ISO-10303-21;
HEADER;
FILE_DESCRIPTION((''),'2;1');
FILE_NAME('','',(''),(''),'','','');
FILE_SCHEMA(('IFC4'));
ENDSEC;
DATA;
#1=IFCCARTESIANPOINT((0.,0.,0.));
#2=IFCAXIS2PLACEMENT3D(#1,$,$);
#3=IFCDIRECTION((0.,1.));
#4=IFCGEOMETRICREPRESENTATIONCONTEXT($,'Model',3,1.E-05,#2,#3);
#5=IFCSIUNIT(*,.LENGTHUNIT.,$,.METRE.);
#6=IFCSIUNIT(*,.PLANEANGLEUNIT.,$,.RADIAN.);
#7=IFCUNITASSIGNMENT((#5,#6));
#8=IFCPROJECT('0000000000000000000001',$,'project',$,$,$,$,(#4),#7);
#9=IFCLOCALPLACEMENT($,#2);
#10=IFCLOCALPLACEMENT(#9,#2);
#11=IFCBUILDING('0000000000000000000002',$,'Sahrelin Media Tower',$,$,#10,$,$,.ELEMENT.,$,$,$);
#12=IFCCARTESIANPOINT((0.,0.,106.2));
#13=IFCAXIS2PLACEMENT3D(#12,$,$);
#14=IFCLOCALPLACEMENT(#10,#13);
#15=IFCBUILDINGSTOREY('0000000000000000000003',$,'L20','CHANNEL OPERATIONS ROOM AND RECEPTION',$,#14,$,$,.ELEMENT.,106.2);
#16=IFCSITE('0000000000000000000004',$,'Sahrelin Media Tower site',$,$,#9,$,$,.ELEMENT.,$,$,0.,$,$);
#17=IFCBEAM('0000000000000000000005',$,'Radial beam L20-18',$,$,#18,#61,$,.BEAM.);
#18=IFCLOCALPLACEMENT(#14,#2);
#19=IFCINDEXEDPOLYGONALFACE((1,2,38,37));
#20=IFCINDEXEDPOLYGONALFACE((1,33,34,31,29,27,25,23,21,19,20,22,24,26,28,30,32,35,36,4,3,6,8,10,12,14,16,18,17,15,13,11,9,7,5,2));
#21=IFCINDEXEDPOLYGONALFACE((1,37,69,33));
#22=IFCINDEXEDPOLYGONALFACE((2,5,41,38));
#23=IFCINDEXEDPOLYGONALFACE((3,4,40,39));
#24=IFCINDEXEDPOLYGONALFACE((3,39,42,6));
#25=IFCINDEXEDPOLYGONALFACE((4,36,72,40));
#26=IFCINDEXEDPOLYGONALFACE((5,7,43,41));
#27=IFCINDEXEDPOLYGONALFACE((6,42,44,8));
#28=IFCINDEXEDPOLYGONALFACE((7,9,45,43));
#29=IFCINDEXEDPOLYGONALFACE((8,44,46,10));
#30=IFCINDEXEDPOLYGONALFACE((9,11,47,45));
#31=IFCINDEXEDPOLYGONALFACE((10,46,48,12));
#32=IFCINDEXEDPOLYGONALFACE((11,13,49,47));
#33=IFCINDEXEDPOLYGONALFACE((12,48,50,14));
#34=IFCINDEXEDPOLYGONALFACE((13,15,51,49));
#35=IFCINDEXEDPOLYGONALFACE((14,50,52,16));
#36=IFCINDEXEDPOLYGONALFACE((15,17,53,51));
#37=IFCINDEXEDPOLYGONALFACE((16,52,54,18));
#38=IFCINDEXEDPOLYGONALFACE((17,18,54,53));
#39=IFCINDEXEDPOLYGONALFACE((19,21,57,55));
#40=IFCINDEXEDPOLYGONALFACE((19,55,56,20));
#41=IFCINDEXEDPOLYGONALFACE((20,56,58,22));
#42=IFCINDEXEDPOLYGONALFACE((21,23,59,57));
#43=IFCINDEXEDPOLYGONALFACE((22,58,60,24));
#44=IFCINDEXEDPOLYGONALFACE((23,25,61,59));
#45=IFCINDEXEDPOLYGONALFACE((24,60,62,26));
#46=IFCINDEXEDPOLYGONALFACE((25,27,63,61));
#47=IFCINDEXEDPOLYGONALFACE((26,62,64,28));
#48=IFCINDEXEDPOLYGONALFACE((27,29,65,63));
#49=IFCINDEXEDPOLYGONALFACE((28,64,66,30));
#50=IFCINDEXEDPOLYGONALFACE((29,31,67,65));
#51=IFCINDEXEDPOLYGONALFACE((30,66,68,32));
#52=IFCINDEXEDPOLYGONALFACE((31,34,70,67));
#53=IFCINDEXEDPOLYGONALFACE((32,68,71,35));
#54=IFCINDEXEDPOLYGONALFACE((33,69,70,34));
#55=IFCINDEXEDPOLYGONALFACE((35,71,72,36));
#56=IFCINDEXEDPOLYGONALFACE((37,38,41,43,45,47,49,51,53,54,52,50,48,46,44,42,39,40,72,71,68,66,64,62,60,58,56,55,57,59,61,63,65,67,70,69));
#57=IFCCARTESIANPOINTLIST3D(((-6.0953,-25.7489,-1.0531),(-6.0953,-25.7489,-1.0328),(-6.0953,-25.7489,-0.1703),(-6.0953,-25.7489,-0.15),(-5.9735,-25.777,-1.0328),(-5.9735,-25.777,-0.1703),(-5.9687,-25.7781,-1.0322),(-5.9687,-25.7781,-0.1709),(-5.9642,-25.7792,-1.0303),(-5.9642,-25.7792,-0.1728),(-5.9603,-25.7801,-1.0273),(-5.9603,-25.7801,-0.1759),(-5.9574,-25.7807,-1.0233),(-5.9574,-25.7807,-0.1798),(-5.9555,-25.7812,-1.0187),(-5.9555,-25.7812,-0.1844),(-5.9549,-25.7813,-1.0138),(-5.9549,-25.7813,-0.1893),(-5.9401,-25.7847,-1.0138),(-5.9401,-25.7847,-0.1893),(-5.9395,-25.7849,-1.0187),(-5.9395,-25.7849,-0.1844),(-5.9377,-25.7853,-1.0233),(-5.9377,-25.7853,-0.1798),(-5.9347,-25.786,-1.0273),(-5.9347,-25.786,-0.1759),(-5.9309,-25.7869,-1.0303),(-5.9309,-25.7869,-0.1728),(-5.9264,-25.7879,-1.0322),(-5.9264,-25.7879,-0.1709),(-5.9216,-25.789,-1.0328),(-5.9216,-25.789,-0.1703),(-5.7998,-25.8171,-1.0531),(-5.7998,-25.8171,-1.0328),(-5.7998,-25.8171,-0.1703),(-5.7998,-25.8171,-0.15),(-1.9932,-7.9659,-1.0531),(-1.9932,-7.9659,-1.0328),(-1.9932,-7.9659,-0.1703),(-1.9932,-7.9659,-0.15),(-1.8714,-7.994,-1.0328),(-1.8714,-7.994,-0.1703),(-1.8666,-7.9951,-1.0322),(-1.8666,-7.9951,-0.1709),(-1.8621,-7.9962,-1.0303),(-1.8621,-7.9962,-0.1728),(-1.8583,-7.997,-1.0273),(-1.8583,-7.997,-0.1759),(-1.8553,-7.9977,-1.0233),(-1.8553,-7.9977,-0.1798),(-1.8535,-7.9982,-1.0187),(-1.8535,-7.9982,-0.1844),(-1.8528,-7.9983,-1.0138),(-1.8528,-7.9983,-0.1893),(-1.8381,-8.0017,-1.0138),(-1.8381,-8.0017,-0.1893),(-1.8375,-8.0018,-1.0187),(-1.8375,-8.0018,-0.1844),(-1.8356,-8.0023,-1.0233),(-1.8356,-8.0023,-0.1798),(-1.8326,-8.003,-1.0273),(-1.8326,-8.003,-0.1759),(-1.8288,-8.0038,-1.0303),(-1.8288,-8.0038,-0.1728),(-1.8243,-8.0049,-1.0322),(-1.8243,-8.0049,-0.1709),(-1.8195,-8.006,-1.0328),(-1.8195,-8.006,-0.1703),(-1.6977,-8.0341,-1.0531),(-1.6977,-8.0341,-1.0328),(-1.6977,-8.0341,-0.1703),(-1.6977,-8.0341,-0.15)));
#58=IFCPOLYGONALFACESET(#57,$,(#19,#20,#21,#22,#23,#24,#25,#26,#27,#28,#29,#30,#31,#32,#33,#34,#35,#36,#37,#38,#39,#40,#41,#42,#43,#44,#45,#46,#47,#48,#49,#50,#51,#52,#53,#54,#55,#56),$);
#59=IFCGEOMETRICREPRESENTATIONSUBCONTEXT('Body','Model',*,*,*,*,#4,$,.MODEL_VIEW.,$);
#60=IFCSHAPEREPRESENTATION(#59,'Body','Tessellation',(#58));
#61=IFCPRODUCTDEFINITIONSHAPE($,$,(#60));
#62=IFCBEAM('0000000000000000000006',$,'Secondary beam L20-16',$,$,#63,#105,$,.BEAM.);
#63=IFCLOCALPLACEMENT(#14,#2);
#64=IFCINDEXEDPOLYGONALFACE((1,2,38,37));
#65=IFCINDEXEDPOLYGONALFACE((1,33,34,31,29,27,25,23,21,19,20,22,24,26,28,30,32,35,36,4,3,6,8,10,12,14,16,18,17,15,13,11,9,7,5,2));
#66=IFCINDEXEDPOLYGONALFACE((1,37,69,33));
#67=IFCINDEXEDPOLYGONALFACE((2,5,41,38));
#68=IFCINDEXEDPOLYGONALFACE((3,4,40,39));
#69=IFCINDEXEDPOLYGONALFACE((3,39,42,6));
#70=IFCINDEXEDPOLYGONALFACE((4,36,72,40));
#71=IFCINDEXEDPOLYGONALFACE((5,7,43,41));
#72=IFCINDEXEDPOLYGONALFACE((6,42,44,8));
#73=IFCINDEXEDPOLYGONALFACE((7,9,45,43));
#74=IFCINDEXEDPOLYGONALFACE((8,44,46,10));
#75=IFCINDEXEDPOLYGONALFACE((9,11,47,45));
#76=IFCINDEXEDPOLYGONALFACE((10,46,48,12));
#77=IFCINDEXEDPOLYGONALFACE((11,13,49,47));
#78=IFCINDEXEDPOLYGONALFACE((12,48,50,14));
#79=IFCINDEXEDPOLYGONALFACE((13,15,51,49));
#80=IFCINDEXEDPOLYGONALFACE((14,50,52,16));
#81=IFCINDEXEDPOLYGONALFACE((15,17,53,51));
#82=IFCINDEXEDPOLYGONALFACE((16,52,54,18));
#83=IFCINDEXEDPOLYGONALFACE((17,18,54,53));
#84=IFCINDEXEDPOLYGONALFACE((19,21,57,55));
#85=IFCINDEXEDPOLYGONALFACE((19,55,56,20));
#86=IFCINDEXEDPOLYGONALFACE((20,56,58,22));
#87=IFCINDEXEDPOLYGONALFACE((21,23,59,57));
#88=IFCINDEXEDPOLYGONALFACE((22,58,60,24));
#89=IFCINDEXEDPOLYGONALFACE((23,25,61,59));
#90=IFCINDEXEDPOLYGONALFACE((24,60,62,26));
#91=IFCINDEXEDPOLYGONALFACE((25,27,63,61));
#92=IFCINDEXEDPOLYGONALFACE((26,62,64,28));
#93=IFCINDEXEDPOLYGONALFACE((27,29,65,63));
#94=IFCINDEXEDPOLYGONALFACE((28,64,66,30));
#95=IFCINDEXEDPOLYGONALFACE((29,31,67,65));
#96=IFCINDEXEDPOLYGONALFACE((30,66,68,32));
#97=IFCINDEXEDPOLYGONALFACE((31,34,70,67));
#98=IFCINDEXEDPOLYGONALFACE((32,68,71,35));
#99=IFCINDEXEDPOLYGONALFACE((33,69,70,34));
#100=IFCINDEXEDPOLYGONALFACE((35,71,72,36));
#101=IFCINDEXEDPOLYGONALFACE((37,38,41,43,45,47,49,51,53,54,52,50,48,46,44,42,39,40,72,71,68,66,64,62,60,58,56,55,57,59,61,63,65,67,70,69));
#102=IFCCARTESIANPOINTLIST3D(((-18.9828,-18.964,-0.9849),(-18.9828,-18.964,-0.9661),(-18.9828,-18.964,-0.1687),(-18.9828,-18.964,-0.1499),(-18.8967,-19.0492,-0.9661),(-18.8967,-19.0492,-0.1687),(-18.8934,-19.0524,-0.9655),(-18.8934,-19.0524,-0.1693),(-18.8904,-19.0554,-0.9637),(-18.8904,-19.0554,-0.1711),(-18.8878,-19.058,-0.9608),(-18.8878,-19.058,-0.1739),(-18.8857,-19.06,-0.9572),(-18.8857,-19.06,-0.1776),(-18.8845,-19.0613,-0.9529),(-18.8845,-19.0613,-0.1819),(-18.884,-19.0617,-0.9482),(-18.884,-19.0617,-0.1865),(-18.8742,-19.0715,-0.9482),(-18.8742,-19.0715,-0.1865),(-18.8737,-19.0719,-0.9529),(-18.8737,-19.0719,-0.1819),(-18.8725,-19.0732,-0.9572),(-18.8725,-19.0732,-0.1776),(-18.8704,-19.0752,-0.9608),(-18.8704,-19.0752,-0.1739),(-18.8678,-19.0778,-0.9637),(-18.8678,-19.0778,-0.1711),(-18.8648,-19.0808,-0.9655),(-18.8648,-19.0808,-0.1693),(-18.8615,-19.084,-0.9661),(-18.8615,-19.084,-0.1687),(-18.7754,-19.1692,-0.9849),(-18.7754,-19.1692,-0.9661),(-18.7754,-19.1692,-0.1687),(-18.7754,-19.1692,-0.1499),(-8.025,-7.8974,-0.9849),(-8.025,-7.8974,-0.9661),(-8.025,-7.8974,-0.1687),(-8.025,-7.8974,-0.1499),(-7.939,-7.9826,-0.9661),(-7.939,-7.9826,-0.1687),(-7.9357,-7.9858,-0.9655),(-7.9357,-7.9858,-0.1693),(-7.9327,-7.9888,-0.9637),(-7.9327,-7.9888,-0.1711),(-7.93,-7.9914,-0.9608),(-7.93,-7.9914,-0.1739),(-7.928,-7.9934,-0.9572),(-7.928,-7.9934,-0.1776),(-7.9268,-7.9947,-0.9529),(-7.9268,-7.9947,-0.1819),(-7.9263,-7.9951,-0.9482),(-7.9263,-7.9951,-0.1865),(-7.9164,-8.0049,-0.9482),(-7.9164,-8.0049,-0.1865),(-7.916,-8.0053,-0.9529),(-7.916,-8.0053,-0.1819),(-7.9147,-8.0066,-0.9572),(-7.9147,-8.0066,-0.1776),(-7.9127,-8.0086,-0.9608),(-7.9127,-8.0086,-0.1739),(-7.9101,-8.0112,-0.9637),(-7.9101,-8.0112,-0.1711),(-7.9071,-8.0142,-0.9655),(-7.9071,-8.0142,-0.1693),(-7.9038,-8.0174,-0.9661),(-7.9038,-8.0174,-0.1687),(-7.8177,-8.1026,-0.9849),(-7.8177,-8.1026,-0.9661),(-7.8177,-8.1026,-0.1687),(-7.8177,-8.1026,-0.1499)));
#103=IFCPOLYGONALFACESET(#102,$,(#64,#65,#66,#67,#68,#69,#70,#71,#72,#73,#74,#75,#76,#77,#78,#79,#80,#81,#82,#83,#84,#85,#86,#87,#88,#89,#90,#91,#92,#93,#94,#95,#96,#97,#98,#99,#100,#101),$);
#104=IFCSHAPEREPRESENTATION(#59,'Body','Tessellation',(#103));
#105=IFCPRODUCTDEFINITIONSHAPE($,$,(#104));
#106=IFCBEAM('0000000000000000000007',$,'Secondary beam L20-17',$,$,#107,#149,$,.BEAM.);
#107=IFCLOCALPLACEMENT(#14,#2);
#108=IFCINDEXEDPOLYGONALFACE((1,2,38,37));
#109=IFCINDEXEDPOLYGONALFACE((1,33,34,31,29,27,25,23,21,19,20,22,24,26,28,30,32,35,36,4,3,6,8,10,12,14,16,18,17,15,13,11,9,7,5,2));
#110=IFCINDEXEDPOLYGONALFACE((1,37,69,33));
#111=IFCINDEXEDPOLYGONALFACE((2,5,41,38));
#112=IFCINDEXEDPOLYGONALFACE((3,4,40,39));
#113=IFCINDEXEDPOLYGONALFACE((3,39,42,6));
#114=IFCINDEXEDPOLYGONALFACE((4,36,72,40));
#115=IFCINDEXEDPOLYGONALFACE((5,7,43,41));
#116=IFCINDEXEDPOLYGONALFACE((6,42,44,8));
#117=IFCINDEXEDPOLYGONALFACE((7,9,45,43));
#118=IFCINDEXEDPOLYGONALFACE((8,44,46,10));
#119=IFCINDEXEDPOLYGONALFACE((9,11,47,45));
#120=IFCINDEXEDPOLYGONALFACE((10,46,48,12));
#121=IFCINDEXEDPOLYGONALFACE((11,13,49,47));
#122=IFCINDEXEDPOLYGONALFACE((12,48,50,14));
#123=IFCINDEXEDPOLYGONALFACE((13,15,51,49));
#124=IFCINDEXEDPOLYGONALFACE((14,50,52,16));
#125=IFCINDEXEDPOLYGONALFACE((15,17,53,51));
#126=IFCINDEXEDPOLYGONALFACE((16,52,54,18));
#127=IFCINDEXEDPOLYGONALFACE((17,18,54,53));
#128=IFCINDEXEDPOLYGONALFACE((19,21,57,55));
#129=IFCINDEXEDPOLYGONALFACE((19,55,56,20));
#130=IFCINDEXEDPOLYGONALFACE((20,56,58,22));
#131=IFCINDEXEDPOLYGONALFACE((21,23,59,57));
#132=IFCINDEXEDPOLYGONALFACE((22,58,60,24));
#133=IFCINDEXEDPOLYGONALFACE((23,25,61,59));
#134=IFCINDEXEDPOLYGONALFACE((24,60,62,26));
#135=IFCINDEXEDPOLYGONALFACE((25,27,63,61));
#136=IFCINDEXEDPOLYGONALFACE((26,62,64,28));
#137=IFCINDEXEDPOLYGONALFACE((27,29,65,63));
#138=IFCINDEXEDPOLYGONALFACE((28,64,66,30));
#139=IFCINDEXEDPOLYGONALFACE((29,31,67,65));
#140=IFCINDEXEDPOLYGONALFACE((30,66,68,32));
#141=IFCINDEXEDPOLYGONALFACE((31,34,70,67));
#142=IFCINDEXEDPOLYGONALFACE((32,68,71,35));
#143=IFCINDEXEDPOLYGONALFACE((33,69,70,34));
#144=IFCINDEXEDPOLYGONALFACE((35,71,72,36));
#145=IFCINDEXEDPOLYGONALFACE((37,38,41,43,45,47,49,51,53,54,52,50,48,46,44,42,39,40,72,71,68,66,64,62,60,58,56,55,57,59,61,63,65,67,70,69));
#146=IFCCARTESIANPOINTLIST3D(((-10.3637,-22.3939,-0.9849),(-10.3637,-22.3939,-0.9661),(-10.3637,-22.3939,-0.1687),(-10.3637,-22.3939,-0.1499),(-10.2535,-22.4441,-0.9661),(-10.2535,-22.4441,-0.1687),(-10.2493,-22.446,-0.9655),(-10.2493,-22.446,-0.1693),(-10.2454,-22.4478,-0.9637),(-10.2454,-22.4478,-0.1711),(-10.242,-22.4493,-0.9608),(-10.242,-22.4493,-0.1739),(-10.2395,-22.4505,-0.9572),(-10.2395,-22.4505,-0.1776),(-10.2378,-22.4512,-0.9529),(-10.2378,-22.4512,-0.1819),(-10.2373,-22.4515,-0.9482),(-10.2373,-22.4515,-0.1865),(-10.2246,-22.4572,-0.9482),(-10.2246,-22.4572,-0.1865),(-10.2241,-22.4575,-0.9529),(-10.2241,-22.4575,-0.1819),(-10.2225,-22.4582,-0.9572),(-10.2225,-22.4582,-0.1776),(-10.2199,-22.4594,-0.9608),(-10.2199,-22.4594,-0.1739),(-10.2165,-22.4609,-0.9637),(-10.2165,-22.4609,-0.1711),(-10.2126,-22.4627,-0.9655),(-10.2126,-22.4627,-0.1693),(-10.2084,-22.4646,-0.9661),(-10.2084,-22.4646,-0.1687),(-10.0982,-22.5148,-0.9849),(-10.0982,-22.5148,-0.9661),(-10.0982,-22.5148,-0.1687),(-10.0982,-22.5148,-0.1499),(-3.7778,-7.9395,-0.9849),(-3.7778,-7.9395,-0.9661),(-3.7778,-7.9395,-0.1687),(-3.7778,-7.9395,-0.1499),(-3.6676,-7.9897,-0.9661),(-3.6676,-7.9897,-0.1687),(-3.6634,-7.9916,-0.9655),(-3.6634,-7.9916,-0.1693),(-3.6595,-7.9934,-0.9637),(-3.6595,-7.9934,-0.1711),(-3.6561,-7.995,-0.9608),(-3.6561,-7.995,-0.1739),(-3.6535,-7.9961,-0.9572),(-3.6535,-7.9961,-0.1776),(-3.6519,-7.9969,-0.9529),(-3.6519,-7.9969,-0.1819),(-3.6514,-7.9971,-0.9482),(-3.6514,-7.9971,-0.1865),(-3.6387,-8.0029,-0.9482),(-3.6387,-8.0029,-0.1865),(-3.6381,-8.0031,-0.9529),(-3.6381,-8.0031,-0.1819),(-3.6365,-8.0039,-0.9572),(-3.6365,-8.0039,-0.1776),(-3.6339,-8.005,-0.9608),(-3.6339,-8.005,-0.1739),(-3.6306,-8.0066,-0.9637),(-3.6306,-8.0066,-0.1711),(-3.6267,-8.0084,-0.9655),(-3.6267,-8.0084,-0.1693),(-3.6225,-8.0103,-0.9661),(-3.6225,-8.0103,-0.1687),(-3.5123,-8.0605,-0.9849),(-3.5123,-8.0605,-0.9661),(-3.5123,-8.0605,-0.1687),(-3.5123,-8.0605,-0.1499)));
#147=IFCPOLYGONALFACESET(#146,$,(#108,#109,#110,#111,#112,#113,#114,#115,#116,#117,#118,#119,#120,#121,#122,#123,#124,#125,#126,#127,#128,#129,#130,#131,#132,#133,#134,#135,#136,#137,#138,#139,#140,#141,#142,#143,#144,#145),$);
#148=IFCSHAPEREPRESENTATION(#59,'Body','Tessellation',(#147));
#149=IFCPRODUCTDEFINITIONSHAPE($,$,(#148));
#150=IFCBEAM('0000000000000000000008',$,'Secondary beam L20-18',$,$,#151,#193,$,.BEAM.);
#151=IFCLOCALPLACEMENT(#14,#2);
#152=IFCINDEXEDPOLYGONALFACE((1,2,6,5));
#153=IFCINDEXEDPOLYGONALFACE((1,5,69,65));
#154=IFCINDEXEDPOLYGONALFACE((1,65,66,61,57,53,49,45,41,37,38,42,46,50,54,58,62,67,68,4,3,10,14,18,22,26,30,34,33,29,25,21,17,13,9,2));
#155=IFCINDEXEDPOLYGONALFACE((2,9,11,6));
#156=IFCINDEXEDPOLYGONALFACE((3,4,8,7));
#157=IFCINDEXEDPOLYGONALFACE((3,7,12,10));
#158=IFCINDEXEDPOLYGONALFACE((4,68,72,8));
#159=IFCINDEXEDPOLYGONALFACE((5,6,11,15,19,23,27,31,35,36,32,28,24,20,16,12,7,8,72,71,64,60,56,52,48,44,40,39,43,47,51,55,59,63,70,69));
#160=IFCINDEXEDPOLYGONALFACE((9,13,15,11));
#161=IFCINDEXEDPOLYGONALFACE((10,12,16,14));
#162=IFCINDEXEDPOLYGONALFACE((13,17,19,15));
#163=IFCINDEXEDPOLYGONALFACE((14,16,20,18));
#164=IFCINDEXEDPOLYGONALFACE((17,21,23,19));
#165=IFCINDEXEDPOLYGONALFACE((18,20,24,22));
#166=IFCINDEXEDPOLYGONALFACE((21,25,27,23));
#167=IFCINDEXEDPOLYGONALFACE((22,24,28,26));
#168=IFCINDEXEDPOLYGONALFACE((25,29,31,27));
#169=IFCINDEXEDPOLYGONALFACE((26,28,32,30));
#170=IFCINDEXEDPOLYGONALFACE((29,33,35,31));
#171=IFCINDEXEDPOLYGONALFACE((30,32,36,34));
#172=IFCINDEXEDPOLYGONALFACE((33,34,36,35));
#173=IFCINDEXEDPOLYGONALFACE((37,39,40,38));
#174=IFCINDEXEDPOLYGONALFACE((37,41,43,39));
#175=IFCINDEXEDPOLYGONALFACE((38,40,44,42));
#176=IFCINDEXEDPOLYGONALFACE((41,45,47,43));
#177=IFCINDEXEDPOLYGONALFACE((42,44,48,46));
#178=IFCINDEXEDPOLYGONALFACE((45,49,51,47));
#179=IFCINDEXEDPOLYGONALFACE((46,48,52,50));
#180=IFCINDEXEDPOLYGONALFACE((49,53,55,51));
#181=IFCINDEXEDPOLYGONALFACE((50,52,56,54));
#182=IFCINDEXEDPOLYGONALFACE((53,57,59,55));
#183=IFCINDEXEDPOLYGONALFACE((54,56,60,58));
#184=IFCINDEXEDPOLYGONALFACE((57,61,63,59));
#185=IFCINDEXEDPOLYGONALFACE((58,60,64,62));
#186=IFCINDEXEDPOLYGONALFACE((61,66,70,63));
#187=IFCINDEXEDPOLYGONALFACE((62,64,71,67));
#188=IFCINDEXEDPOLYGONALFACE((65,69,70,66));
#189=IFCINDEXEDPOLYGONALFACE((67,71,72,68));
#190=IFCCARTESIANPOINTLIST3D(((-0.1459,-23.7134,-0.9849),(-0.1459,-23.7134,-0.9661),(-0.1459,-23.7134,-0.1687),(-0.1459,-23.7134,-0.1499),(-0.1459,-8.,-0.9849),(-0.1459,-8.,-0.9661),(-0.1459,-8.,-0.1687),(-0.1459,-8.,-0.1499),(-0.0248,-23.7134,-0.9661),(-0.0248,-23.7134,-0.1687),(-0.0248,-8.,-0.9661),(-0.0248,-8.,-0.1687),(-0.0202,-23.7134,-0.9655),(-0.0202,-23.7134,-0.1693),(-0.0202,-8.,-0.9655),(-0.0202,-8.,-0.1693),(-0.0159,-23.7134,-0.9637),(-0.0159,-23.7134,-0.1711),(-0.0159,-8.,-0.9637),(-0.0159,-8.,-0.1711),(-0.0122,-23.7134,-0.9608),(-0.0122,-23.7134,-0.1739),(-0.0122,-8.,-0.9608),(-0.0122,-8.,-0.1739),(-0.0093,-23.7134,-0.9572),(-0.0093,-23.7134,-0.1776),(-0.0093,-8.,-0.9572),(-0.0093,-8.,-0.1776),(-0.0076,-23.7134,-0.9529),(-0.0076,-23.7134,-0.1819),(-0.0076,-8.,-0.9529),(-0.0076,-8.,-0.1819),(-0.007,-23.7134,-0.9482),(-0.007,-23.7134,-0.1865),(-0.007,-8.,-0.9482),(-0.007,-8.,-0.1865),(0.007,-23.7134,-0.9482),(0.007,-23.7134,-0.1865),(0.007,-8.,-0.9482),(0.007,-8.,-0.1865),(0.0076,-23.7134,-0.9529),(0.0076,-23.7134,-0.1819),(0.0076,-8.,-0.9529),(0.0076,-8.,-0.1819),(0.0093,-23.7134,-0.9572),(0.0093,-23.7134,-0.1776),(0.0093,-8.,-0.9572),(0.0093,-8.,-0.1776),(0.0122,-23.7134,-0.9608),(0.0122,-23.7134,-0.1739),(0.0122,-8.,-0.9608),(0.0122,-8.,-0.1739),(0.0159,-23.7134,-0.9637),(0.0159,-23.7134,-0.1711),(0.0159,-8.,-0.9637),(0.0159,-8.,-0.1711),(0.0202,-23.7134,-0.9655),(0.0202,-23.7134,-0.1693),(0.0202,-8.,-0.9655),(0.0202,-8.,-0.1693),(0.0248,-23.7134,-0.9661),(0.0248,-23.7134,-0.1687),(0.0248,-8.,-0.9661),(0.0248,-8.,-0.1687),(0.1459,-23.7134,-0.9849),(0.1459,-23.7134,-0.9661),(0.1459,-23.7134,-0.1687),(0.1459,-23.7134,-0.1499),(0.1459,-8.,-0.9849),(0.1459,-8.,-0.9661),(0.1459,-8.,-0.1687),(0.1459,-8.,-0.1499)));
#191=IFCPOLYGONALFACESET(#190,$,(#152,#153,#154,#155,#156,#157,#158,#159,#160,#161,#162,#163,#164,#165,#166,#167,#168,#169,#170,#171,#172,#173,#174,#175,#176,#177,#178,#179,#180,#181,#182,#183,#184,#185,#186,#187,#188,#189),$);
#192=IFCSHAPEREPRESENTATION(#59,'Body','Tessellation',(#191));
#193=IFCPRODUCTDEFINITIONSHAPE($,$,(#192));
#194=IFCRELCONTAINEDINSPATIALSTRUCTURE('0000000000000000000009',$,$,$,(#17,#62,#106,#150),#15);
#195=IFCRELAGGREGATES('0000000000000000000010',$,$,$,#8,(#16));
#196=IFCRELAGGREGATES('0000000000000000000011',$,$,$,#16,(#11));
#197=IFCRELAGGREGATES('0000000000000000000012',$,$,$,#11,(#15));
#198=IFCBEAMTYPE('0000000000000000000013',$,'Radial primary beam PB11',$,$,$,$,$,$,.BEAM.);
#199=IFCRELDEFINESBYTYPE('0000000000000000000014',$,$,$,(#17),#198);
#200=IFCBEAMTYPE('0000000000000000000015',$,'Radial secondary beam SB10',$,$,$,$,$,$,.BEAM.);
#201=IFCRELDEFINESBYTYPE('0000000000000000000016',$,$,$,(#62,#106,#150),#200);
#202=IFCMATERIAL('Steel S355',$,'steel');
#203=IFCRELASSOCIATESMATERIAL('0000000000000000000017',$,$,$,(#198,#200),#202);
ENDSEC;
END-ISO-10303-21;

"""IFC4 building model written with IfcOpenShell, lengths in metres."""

from ifc_helpers import new_model, si_unit, direction, frame, origin, origin_2d, place, context, subcontext, project, spatial, i_section, extrude, material, material_profile, profile_set, type_object, element, save


model = new_model("IFC4")

# Units and contexts
model_context = context("Model", 3, precision=1e-05, world=origin(), true_north=direction((0.0, 1.0)))
body_context = subcontext(model_context, "Body", "Model", "MODEL_VIEW")
ifc_project = project(units=[si_unit("LENGTHUNIT", "METRE"), si_unit("PLANEANGLEUNIT", "RADIAN")], contexts=[model_context])

# Site, building, storey
site_placement = place(None, origin())
site = spatial("IfcSite", under=ifc_project, at=site_placement, Name="Sahrelin Media Tower site", CompositionType="ELEMENT", RefElevation=0.0)
building_placement = place(site_placement, origin())
building = spatial("IfcBuilding", under=site, at=building_placement, Name="Sahrelin Media Tower", CompositionType="ELEMENT")
storey_placement = place(building_placement, frame((0.0, 0.0, 106.2)))
storey = spatial("IfcBuildingStorey", under=building, at=storey_placement, Name="L20", Description="CHANNEL OPERATIONS ROOM AND RECEPTION", CompositionType="ELEMENT", Elevation=106.2)

# Shared definitions
ifc_material_1 = material(Name="Steel S355", Category="steel")

# Beams
ifc_material_profile_1 = material_profile(ifc_material_1, i_section(OverallWidth=0.3032, OverallDepth=0.9031, WebThickness=0.0151, FlangeThickness=0.0203, FilletRadius=0.019, at=origin_2d()), Name="UB 914x305x201")
ifc_profile_set_1 = profile_set([ifc_material_profile_1], Name="Steel S355")
beam_type_1 = type_object("IfcBeamType", Name="Radial primary beam PB11", PredefinedType="BEAM", material=ifc_profile_set_1)
beam_1_placement = place(storey_placement, frame((-1.8455, -8.0, -0.6016), z_axis=(-0.224771, -0.974412, 0.0), x_axis=(0.974412, -0.224771, 0.0)))
element("IfcBeam", 1, at=beam_1_placement, inside=storey, type_object=beam_type_1, Name="Radial beam L20-18", PredefinedType="BEAM", context=body_context, shape_type="SweptSolid", body=[
    extrude(i_section(OverallWidth=0.3032, OverallDepth=0.9031, WebThickness=0.0151, FlangeThickness=0.0203, FilletRadius=0.019, at=origin_2d()), origin(), (0.0, 0.0, 1.0), 18.25),
])
ifc_material_profile_2 = material_profile(ifc_material_1, i_section(OverallWidth=0.2917, OverallDepth=0.835, WebThickness=0.0139, FlangeThickness=0.0188, FilletRadius=0.0178, at=origin_2d()), Name="UB 838x292x176")
ifc_profile_set_2 = profile_set([ifc_material_profile_2], Name="Steel S355")
beam_type_2 = type_object("IfcBeamType", Name="Radial secondary beam SB10", PredefinedType="BEAM", material=ifc_profile_set_2)
beam_2_placement = place(storey_placement, frame((-7.9214, -8.0, -0.5674), z_axis=(-0.703602, -0.710594, 0.0), x_axis=(0.710594, -0.703602, 0.0)))
element("IfcBeam", 2, at=beam_2_placement, inside=storey, type_object=beam_type_2, Name="Secondary beam L20-16", PredefinedType="BEAM", context=body_context, shape_type="SweptSolid", body=[
    extrude(i_section(OverallWidth=0.2917, OverallDepth=0.835, WebThickness=0.0139, FlangeThickness=0.0188, FilletRadius=0.0178, at=origin_2d()), origin(), (0.0, 0.0, 1.0), 15.5737),
])
beam_3_placement = place(storey_placement, frame((-3.645, -8.0, -0.5674), z_axis=(-0.414626, -0.909992, 0.0), x_axis=(0.909992, -0.414626, 0.0)))
element("IfcBeam", 3, at=beam_3_placement, inside=storey, type_object=beam_type_2, Name="Secondary beam L20-17", PredefinedType="BEAM", context=body_context, shape_type="SweptSolid", body=[
    extrude(i_section(OverallWidth=0.2917, OverallDepth=0.835, WebThickness=0.0139, FlangeThickness=0.0188, FilletRadius=0.0178, at=origin_2d()), origin(), (0.0, 0.0, 1.0), 15.884),
])
beam_4_placement = place(storey_placement, frame((0.0, -8.0, -0.5674), z_axis=(0.0, -1.0, 0.0), x_axis=(1.0, 0.0, 0.0)))
element("IfcBeam", 4, at=beam_4_placement, inside=storey, type_object=beam_type_2, Name="Secondary beam L20-18", PredefinedType="BEAM", context=body_context, shape_type="SweptSolid", body=[
    extrude(i_section(OverallWidth=0.2917, OverallDepth=0.835, WebThickness=0.0139, FlangeThickness=0.0188, FilletRadius=0.0178, at=origin_2d()), origin(), (0.0, 0.0, 1.0), 15.7134),
])

save(model, "model.ifc")
